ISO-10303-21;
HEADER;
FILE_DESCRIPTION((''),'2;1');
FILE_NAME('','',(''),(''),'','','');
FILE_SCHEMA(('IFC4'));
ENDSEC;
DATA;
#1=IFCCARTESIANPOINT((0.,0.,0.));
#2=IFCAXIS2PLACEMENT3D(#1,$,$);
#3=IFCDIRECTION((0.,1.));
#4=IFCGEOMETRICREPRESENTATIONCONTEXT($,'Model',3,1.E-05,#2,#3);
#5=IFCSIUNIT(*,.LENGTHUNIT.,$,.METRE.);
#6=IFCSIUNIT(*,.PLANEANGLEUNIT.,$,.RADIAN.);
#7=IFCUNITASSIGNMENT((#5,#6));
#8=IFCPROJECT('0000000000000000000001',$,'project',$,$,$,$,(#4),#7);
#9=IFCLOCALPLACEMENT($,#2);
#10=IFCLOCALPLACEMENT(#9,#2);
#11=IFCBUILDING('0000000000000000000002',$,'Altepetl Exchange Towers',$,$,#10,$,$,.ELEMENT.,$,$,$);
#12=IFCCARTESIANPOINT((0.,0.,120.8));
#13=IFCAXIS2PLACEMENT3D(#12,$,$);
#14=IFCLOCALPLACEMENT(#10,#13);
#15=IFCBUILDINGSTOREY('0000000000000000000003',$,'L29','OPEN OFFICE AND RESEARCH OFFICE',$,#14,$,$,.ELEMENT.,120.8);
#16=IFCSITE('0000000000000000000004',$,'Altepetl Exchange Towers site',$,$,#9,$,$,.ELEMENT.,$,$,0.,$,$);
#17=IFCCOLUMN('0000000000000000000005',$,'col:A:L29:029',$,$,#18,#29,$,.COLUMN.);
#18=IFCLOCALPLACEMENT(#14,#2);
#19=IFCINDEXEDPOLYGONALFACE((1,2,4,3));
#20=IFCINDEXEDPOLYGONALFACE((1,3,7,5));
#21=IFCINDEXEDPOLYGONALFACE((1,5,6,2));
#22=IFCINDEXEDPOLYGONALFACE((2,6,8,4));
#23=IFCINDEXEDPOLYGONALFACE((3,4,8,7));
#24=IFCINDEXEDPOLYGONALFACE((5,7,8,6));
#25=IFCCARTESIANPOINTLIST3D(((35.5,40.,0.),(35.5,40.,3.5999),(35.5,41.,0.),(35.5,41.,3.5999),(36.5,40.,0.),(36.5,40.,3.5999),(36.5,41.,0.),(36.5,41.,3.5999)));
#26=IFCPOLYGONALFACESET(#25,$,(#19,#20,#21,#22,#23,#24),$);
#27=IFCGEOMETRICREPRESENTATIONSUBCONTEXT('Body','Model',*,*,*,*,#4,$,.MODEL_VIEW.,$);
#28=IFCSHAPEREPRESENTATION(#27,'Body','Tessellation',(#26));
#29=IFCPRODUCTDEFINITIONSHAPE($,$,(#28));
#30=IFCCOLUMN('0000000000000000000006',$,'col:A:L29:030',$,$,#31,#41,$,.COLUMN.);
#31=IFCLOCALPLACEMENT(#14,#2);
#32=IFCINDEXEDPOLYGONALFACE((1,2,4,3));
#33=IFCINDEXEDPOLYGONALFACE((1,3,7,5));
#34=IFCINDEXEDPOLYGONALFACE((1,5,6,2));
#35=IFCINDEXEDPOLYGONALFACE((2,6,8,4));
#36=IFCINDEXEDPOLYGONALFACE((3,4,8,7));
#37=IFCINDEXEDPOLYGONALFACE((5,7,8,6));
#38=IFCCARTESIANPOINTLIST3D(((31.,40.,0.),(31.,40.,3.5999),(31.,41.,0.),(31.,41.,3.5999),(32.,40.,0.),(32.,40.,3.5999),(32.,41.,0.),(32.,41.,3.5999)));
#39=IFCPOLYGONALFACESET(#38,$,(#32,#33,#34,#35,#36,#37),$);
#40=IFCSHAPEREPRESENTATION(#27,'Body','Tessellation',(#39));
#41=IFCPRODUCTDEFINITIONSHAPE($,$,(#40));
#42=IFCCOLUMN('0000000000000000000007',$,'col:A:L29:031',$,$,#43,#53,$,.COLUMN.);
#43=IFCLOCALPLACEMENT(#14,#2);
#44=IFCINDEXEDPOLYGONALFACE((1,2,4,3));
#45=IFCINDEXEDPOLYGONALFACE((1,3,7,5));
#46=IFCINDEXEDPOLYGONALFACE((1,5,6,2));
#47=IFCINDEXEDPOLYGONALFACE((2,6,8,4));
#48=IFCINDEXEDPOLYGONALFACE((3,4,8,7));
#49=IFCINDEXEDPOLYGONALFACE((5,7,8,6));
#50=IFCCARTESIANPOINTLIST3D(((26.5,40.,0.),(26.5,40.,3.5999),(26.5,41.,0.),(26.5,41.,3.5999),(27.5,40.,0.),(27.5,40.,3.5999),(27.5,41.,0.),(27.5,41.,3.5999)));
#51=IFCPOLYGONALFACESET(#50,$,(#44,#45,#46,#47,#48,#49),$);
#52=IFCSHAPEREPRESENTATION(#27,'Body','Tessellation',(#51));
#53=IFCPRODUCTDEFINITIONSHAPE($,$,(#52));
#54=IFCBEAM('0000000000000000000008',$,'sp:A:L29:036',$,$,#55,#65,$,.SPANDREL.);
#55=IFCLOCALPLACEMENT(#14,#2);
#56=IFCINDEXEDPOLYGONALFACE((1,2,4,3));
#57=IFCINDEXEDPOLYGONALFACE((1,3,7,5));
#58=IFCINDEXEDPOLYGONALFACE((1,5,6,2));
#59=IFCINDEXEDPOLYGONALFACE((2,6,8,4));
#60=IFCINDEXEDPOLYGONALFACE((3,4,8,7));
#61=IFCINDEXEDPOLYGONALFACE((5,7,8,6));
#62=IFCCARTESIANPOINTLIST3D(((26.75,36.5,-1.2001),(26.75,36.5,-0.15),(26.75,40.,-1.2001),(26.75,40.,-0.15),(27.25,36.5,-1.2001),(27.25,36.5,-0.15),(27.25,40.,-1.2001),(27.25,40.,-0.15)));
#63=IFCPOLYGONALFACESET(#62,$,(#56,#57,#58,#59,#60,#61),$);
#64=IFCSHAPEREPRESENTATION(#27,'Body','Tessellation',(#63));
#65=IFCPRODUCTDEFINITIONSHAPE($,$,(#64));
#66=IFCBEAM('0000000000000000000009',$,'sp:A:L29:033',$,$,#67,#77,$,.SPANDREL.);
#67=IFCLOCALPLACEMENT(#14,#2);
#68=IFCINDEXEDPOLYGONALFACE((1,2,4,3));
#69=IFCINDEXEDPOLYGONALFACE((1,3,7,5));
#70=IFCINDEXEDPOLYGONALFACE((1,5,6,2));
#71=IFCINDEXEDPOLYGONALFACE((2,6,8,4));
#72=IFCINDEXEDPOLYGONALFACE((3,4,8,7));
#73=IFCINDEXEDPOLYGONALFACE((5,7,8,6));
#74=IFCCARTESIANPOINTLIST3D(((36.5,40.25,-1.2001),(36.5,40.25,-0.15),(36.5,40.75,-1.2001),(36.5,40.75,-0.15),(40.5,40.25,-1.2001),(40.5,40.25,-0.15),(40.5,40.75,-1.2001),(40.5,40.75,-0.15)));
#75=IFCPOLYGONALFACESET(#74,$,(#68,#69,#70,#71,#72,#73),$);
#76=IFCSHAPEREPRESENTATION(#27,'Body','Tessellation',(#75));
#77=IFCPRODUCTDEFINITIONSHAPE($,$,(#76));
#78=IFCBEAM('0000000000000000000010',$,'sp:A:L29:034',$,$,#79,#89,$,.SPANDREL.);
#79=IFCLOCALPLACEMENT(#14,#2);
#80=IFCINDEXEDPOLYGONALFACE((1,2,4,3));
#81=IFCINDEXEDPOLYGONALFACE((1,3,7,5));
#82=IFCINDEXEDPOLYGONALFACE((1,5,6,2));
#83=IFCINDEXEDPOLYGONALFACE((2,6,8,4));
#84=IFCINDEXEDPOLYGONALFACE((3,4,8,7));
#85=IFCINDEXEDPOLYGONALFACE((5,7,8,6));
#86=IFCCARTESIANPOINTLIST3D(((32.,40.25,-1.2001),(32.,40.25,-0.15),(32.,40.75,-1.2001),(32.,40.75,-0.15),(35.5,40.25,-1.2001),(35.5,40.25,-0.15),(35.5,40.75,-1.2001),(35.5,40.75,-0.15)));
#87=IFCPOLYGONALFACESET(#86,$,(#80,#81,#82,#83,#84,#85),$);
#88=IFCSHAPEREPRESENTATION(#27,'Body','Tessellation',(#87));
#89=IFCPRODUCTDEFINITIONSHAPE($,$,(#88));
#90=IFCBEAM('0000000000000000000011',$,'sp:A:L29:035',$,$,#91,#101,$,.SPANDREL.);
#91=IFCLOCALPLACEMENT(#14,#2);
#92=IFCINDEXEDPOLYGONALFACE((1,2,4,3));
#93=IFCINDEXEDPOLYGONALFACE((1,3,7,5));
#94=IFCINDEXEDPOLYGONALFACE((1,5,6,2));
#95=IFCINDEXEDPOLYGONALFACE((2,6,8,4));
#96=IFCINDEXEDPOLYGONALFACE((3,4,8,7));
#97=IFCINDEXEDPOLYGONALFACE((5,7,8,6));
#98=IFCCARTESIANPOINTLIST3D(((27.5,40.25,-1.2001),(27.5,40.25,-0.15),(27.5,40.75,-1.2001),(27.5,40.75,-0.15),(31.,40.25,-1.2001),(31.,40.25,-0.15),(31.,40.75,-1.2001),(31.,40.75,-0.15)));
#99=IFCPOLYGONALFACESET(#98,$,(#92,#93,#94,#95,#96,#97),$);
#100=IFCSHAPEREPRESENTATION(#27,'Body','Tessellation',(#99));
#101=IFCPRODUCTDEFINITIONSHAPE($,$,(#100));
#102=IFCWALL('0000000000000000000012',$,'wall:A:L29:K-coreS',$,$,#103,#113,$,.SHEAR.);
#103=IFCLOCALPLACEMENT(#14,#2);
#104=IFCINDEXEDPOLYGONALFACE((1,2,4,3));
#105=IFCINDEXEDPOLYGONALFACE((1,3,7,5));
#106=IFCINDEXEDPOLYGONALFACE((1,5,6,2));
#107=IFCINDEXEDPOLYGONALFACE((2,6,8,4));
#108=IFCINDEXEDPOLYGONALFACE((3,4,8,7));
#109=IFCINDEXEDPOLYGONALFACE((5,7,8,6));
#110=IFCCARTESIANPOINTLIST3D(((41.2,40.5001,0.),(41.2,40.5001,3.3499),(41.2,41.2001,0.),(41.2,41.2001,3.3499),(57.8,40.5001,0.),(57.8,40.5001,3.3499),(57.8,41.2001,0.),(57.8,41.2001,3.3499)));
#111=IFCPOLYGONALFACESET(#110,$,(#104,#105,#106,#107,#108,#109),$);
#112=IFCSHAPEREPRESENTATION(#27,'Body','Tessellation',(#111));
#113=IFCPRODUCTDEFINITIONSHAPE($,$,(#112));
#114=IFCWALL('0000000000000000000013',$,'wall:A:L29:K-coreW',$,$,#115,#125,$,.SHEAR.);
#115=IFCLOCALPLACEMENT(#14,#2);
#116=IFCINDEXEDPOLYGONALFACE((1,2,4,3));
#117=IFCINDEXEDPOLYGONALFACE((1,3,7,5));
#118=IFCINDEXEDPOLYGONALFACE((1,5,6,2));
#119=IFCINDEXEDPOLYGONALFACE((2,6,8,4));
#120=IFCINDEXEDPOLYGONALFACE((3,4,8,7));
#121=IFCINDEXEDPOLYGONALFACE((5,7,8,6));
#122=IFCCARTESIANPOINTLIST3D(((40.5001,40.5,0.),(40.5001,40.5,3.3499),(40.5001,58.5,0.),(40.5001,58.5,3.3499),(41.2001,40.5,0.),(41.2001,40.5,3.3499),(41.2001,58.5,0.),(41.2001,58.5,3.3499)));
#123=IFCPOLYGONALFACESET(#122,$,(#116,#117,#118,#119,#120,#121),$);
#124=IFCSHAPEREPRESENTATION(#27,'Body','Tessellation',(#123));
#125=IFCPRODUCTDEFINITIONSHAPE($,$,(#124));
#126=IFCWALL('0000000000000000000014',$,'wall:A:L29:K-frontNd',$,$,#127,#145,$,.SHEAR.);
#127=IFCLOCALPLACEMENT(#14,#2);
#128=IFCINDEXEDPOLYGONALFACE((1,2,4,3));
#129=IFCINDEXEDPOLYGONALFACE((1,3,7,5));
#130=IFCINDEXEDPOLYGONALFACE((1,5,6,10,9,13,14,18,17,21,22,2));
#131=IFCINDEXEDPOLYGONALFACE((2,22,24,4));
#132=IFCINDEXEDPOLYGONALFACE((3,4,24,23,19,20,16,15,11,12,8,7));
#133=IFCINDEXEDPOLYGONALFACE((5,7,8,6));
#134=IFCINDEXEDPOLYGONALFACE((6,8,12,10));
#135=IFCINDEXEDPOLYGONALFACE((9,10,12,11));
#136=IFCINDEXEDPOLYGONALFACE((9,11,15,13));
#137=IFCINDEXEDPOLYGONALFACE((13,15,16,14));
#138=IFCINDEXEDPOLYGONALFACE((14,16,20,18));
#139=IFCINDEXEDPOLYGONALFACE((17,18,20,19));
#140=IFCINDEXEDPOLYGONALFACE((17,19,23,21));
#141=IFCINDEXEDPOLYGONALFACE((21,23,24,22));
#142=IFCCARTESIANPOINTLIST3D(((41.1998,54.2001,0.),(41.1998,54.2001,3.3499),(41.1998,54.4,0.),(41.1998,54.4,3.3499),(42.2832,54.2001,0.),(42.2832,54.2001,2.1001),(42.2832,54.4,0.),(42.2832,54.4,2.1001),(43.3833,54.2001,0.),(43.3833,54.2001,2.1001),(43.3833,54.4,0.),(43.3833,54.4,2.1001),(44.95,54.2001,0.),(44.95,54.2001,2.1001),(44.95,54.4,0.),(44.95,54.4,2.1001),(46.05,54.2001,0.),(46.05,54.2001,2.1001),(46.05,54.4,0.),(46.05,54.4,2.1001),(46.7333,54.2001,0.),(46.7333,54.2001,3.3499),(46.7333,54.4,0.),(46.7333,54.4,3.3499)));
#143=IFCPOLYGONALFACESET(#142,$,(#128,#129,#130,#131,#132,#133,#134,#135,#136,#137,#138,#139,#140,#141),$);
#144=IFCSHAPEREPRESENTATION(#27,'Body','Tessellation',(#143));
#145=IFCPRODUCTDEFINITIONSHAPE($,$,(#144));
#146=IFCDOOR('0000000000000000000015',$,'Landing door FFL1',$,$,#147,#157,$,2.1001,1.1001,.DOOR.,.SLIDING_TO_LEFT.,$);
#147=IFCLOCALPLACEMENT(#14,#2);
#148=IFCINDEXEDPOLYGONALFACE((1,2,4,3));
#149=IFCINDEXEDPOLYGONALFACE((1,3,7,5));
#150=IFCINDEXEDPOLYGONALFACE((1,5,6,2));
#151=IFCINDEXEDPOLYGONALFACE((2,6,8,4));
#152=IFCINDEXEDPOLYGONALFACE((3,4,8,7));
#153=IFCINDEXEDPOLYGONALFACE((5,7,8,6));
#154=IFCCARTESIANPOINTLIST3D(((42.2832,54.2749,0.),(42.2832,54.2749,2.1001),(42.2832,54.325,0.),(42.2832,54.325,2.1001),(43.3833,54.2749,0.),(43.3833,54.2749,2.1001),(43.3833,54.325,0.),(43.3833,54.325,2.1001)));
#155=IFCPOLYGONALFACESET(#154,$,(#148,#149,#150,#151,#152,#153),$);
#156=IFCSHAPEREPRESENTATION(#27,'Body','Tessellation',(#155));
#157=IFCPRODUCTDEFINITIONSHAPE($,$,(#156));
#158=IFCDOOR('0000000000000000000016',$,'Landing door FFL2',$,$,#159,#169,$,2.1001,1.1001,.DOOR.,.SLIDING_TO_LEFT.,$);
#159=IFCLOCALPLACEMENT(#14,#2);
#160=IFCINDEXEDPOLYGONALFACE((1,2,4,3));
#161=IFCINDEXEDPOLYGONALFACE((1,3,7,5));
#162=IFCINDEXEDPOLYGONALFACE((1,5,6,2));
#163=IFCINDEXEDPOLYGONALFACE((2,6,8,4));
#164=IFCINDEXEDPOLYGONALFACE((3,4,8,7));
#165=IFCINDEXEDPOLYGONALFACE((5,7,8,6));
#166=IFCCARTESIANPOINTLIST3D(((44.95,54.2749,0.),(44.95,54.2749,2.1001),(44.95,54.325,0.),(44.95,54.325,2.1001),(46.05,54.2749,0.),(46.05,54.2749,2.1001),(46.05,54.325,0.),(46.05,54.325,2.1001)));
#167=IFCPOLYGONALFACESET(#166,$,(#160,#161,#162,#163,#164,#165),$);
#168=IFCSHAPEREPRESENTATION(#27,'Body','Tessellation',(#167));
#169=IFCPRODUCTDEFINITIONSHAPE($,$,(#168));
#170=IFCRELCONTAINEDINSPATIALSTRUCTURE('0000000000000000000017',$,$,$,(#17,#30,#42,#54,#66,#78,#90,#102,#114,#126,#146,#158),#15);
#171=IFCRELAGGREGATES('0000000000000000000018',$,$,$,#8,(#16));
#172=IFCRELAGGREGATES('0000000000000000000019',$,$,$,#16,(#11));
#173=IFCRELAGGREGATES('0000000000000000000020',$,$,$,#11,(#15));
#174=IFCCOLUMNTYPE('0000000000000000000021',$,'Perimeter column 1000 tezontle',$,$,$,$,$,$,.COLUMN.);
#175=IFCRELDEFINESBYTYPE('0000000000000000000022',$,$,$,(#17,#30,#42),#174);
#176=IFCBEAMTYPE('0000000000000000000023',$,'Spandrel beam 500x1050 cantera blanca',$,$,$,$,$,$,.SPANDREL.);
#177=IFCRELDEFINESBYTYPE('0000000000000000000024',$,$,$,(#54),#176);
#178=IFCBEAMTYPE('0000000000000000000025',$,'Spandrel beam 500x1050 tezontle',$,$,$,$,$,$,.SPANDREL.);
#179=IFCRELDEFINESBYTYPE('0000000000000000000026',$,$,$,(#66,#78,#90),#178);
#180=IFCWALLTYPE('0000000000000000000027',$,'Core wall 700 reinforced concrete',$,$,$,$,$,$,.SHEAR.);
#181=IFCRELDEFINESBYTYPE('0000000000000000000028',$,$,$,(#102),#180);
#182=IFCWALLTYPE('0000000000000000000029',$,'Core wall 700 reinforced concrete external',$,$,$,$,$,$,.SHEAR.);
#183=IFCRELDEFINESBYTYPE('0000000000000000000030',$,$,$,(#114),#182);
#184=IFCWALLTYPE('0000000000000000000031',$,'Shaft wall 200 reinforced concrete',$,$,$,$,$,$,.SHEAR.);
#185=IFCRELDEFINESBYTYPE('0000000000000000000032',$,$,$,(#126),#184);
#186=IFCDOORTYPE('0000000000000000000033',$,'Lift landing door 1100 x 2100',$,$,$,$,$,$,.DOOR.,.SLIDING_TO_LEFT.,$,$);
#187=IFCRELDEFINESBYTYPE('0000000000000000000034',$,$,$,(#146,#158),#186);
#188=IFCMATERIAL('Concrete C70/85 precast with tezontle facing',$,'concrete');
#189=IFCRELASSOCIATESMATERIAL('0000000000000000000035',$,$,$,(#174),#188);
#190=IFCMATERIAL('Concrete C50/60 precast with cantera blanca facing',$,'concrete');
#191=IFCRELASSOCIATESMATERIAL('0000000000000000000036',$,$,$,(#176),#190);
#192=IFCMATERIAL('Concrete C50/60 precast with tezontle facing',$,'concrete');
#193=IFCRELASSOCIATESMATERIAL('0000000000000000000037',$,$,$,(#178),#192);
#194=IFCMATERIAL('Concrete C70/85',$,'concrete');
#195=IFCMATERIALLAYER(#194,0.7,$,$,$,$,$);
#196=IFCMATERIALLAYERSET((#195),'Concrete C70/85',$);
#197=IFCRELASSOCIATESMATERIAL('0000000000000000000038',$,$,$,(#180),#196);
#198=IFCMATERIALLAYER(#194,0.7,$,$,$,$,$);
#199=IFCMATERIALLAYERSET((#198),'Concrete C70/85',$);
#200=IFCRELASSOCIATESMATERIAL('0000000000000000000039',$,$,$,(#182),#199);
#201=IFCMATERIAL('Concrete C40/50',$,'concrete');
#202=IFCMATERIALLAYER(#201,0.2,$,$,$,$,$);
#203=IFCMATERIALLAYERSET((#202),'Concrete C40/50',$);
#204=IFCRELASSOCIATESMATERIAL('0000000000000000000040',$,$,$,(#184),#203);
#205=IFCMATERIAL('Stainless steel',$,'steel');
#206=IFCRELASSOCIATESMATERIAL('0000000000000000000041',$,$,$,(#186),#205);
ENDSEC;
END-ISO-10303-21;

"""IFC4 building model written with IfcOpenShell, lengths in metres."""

from ifc_helpers import new_model, si_unit, direction, frame, frame_2d, origin, origin_2d, place, context, subcontext, project, spatial, rectangle, extrude, material, layer, layer_set, material_profile, profile_set, type_object, element, fill, save


model = new_model("IFC4")

# Units and contexts
model_context = context("Model", 3, precision=1e-05, world=origin(), true_north=direction((0.0, 1.0)))
body_context = subcontext(model_context, "Body", "Model", "MODEL_VIEW")
ifc_project = project(units=[si_unit("LENGTHUNIT", "METRE"), si_unit("PLANEANGLEUNIT", "RADIAN")], contexts=[model_context])

# Site, building, storey
site_placement = place(None, origin())
site = spatial("IfcSite", under=ifc_project, at=site_placement, Name="Altepetl Exchange Towers site", CompositionType="ELEMENT", RefElevation=0.0)
building_placement = place(site_placement, origin())
building = spatial("IfcBuilding", under=site, at=building_placement, Name="Altepetl Exchange Towers", CompositionType="ELEMENT")
storey_placement = place(building_placement, frame((0.0, 0.0, 120.8)))
storey = spatial("IfcBuildingStorey", under=building, at=storey_placement, Name="L29", Description="OPEN OFFICE AND RESEARCH OFFICE", CompositionType="ELEMENT", Elevation=120.8)

# Columns
ifc_material_1 = material(Name="Concrete C70/85 precast with tezontle facing", Category="concrete")
ifc_material_profile_1 = material_profile(ifc_material_1, rectangle(XDim=1.0, YDim=1.0, at=origin_2d()), Name="1000 x 1000")
ifc_profile_set_1 = profile_set([ifc_material_profile_1], Name="Concrete C70/85 precast with tezontle facing")
column_type = type_object("IfcColumnType", Name="Perimeter column 1000 tezontle", PredefinedType="COLUMN", material=ifc_profile_set_1)
for number, where, name in (
    (1, (36.0, 40.5, 0.0), "col:A:L29:029"),
    (2, (31.5, 40.5, 0.0), "col:A:L29:030"),
    (3, (27.0, 40.5, 0.0), "col:A:L29:031"),
):
    element("IfcColumn", number, at=place(storey_placement, frame(where)), inside=storey, type_object=column_type, Name=name, PredefinedType="COLUMN", context=body_context, shape_type="SweptSolid", body=[
        extrude(rectangle(XDim=1.0, YDim=1.0, at=origin_2d()), origin(), (0.0, 0.0, 1.0), 3.5999),
    ])

# Beams
ifc_material_2 = material(Name="Concrete C50/60 precast with cantera blanca facing", Category="concrete")
ifc_material_profile_2 = material_profile(ifc_material_2, rectangle(XDim=0.5, YDim=1.05, at=origin_2d()), Name="500 x 1050")
ifc_profile_set_2 = profile_set([ifc_material_profile_2], Name="Concrete C50/60 precast with cantera blanca facing")
beam_type_1 = type_object("IfcBeamType", Name="Spandrel beam 500x1050 cantera blanca", PredefinedType="SPANDREL", material=ifc_profile_set_2)
beam_1_placement = place(storey_placement, frame((27.0, 40.0, -0.675), z_axis=(0.0, -1.0, 0.0), x_axis=(1.0, 0.0, 0.0)))
element("IfcBeam", 4, at=beam_1_placement, inside=storey, type_object=beam_type_1, Name="sp:A:L29:036", PredefinedType="SPANDREL", context=body_context, shape_type="SweptSolid", body=[
    extrude(rectangle(XDim=0.5, YDim=1.05, at=origin_2d()), origin(), (0.0, 0.0, 1.0), 3.5),
])
ifc_material_3 = material(Name="Concrete C50/60 precast with tezontle facing", Category="concrete")
ifc_material_profile_3 = material_profile(ifc_material_3, rectangle(XDim=0.5, YDim=1.05, at=origin_2d()), Name="500 x 1050")
ifc_profile_set_3 = profile_set([ifc_material_profile_3], Name="Concrete C50/60 precast with tezontle facing")
beam_type_2 = type_object("IfcBeamType", Name="Spandrel beam 500x1050 tezontle", PredefinedType="SPANDREL", material=ifc_profile_set_3)
beam_2_placement = place(storey_placement, frame((40.5, 40.5, -0.675), z_axis=(-1.0, 0.0, 0.0), x_axis=(0.0, -1.0, 0.0)))
element("IfcBeam", 5, at=beam_2_placement, inside=storey, type_object=beam_type_2, Name="sp:A:L29:033", PredefinedType="SPANDREL", context=body_context, shape_type="SweptSolid", body=[
    extrude(rectangle(XDim=0.5, YDim=1.05, at=origin_2d()), origin(), (0.0, 0.0, 1.0), 4.0),
])
for number, where, z_axis, x_axis, name in (
    (6, (35.5, 40.5, -0.675), (-1.0, 0.0, 0.0), (0.0, -1.0, 0.0), "sp:A:L29:034"),
    (7, (31.0, 40.5, -0.675), (-1.0, 0.0, 0.0), (0.0, -1.0, 0.0), "sp:A:L29:035"),
):
    element("IfcBeam", number, at=place(storey_placement, frame(where, z_axis=z_axis, x_axis=x_axis)), inside=storey, type_object=beam_type_2, Name=name, PredefinedType="SPANDREL", context=body_context, shape_type="SweptSolid", body=[
        extrude(rectangle(XDim=0.5, YDim=1.05, at=origin_2d()), origin(), (0.0, 0.0, 1.0), 3.5),
    ])

# Walls
ifc_material_4 = material(Name="Concrete C70/85", Category="concrete")
ifc_layer_1 = layer(ifc_material_4, 0.7)
ifc_layer_set_1 = layer_set([ifc_layer_1], Name="Concrete C70/85")
wall_type_1 = type_object("IfcWallType", Name="Core wall 700 reinforced concrete", PredefinedType="SHEAR", material=ifc_layer_set_1)
wall_1_placement = place(storey_placement, frame((41.2, 40.8501, 0.0)))
element("IfcWall", 8, at=wall_1_placement, inside=storey, type_object=wall_type_1, Name="wall:A:L29:K-coreS", PredefinedType="SHEAR", context=body_context, shape_type="SweptSolid", body=[
    extrude(rectangle(XDim=16.6001, YDim=0.7, at=frame_2d((8.3, 0.0))), origin(), (0.0, 0.0, 1.0), 3.3499),
])
ifc_layer_2 = layer(ifc_material_4, 0.7)
ifc_layer_set_2 = layer_set([ifc_layer_2], Name="Concrete C70/85")
wall_type_2 = type_object("IfcWallType", Name="Core wall 700 reinforced concrete external", PredefinedType="SHEAR", material=ifc_layer_set_2)
wall_2_placement = place(storey_placement, frame((40.8501, 40.5, 0.0), z_axis=(0.0, 0.0, 1.0), x_axis=(0.0, 1.0, 0.0)))
element("IfcWall", 9, at=wall_2_placement, inside=storey, type_object=wall_type_2, Name="wall:A:L29:K-coreW", PredefinedType="SHEAR", context=body_context, shape_type="SweptSolid", body=[
    extrude(rectangle(XDim=18.0, YDim=0.7, at=frame_2d((9.0, 0.0))), origin(), (0.0, 0.0, 1.0), 3.3499),
])

# Wall, openings, doors
ifc_material_5 = material(Name="Concrete C40/50", Category="concrete")
ifc_layer_3 = layer(ifc_material_5, 0.2)
ifc_layer_set_3 = layer_set([ifc_layer_3], Name="Concrete C40/50")
wall_type_3 = type_object("IfcWallType", Name="Shaft wall 200 reinforced concrete", PredefinedType="SHEAR", material=ifc_layer_set_3)
wall_3_placement = place(storey_placement, frame((41.2, 54.3, 0.0)))
wall_3 = element("IfcWall", 10, at=wall_3_placement, inside=storey, type_object=wall_type_3, Name="wall:A:L29:K-frontNd", PredefinedType="SHEAR", context=body_context, shape_type="SweptSolid", body=[
    extrude(rectangle(XDim=5.5334, YDim=0.2, at=frame_2d((2.7666, 0.0))), origin(), (0.0, 0.0, 1.0), 3.3499),
])
opening_1_placement = place(wall_3_placement, frame((1.0833, 0.0, 0.0)))
opening_1 = element("IfcOpeningElement", 11, at=opening_1_placement, cuts=wall_3, PredefinedType="OPENING", context=body_context, shape_type="SweptSolid", body=[
    extrude(rectangle(XDim=1.1001, YDim=2.1001, at=frame_2d((0.55, 1.05))), frame((0.0, 0.1099, 0.0), z_axis=(0.0, -1.0, 0.0), x_axis=(1.0, 0.0, 0.0)), (0.0, 0.0, 1.0), 0.22),
])
opening_2_placement = place(wall_3_placement, frame((3.75, 0.0, 0.0)))
opening_2 = element("IfcOpeningElement", 12, at=opening_2_placement, cuts=wall_3, PredefinedType="OPENING", context=body_context, shape_type="SweptSolid", body=[
    extrude(rectangle(XDim=1.1001, YDim=2.1001, at=frame_2d((0.55, 1.05))), frame((0.0, 0.1099, 0.0), z_axis=(0.0, -1.0, 0.0), x_axis=(1.0, 0.0, 0.0)), (0.0, 0.0, 1.0), 0.22),
])
ifc_material_6 = material(Name="Stainless steel", Category="steel")
door_type_1 = type_object("IfcDoorType", Name="Lift landing door 1100 x 2100", OperationType="SLIDING_TO_LEFT", PredefinedType="DOOR", material=ifc_material_6)
door_1_placement = place(opening_1_placement, origin())
door_1 = element("IfcDoor", 13, at=door_1_placement, inside=storey, type_object=door_type_1, Name="Landing door FFL1", OperationType="SLIDING_TO_LEFT", OverallHeight=2.1001, OverallWidth=1.1001, PredefinedType="DOOR", context=body_context, shape_type="SweptSolid", body=[
    extrude(rectangle(XDim=1.1001, YDim=2.1001, at=frame_2d((0.55, 1.05))), frame((0.0, 0.0249, 0.0), z_axis=(0.0, -1.0, 0.0), x_axis=(1.0, 0.0, 0.0)), (0.0, 0.0, 1.0), 0.05),
])
fill(opening_1, door_1)
door_2_placement = place(opening_2_placement, origin())
door_2 = element("IfcDoor", 14, at=door_2_placement, inside=storey, type_object=door_type_1, Name="Landing door FFL2", OperationType="SLIDING_TO_LEFT", OverallHeight=2.1001, OverallWidth=1.1001, PredefinedType="DOOR", context=body_context, shape_type="SweptSolid", body=[
    extrude(rectangle(XDim=1.1001, YDim=2.1001, at=frame_2d((0.55, 1.05))), frame((0.0, 0.0249, 0.0), z_axis=(0.0, -1.0, 0.0), x_axis=(1.0, 0.0, 0.0)), (0.0, 0.0, 1.0), 0.05),
])
fill(opening_2, door_2)

save(model, "model.ifc")
